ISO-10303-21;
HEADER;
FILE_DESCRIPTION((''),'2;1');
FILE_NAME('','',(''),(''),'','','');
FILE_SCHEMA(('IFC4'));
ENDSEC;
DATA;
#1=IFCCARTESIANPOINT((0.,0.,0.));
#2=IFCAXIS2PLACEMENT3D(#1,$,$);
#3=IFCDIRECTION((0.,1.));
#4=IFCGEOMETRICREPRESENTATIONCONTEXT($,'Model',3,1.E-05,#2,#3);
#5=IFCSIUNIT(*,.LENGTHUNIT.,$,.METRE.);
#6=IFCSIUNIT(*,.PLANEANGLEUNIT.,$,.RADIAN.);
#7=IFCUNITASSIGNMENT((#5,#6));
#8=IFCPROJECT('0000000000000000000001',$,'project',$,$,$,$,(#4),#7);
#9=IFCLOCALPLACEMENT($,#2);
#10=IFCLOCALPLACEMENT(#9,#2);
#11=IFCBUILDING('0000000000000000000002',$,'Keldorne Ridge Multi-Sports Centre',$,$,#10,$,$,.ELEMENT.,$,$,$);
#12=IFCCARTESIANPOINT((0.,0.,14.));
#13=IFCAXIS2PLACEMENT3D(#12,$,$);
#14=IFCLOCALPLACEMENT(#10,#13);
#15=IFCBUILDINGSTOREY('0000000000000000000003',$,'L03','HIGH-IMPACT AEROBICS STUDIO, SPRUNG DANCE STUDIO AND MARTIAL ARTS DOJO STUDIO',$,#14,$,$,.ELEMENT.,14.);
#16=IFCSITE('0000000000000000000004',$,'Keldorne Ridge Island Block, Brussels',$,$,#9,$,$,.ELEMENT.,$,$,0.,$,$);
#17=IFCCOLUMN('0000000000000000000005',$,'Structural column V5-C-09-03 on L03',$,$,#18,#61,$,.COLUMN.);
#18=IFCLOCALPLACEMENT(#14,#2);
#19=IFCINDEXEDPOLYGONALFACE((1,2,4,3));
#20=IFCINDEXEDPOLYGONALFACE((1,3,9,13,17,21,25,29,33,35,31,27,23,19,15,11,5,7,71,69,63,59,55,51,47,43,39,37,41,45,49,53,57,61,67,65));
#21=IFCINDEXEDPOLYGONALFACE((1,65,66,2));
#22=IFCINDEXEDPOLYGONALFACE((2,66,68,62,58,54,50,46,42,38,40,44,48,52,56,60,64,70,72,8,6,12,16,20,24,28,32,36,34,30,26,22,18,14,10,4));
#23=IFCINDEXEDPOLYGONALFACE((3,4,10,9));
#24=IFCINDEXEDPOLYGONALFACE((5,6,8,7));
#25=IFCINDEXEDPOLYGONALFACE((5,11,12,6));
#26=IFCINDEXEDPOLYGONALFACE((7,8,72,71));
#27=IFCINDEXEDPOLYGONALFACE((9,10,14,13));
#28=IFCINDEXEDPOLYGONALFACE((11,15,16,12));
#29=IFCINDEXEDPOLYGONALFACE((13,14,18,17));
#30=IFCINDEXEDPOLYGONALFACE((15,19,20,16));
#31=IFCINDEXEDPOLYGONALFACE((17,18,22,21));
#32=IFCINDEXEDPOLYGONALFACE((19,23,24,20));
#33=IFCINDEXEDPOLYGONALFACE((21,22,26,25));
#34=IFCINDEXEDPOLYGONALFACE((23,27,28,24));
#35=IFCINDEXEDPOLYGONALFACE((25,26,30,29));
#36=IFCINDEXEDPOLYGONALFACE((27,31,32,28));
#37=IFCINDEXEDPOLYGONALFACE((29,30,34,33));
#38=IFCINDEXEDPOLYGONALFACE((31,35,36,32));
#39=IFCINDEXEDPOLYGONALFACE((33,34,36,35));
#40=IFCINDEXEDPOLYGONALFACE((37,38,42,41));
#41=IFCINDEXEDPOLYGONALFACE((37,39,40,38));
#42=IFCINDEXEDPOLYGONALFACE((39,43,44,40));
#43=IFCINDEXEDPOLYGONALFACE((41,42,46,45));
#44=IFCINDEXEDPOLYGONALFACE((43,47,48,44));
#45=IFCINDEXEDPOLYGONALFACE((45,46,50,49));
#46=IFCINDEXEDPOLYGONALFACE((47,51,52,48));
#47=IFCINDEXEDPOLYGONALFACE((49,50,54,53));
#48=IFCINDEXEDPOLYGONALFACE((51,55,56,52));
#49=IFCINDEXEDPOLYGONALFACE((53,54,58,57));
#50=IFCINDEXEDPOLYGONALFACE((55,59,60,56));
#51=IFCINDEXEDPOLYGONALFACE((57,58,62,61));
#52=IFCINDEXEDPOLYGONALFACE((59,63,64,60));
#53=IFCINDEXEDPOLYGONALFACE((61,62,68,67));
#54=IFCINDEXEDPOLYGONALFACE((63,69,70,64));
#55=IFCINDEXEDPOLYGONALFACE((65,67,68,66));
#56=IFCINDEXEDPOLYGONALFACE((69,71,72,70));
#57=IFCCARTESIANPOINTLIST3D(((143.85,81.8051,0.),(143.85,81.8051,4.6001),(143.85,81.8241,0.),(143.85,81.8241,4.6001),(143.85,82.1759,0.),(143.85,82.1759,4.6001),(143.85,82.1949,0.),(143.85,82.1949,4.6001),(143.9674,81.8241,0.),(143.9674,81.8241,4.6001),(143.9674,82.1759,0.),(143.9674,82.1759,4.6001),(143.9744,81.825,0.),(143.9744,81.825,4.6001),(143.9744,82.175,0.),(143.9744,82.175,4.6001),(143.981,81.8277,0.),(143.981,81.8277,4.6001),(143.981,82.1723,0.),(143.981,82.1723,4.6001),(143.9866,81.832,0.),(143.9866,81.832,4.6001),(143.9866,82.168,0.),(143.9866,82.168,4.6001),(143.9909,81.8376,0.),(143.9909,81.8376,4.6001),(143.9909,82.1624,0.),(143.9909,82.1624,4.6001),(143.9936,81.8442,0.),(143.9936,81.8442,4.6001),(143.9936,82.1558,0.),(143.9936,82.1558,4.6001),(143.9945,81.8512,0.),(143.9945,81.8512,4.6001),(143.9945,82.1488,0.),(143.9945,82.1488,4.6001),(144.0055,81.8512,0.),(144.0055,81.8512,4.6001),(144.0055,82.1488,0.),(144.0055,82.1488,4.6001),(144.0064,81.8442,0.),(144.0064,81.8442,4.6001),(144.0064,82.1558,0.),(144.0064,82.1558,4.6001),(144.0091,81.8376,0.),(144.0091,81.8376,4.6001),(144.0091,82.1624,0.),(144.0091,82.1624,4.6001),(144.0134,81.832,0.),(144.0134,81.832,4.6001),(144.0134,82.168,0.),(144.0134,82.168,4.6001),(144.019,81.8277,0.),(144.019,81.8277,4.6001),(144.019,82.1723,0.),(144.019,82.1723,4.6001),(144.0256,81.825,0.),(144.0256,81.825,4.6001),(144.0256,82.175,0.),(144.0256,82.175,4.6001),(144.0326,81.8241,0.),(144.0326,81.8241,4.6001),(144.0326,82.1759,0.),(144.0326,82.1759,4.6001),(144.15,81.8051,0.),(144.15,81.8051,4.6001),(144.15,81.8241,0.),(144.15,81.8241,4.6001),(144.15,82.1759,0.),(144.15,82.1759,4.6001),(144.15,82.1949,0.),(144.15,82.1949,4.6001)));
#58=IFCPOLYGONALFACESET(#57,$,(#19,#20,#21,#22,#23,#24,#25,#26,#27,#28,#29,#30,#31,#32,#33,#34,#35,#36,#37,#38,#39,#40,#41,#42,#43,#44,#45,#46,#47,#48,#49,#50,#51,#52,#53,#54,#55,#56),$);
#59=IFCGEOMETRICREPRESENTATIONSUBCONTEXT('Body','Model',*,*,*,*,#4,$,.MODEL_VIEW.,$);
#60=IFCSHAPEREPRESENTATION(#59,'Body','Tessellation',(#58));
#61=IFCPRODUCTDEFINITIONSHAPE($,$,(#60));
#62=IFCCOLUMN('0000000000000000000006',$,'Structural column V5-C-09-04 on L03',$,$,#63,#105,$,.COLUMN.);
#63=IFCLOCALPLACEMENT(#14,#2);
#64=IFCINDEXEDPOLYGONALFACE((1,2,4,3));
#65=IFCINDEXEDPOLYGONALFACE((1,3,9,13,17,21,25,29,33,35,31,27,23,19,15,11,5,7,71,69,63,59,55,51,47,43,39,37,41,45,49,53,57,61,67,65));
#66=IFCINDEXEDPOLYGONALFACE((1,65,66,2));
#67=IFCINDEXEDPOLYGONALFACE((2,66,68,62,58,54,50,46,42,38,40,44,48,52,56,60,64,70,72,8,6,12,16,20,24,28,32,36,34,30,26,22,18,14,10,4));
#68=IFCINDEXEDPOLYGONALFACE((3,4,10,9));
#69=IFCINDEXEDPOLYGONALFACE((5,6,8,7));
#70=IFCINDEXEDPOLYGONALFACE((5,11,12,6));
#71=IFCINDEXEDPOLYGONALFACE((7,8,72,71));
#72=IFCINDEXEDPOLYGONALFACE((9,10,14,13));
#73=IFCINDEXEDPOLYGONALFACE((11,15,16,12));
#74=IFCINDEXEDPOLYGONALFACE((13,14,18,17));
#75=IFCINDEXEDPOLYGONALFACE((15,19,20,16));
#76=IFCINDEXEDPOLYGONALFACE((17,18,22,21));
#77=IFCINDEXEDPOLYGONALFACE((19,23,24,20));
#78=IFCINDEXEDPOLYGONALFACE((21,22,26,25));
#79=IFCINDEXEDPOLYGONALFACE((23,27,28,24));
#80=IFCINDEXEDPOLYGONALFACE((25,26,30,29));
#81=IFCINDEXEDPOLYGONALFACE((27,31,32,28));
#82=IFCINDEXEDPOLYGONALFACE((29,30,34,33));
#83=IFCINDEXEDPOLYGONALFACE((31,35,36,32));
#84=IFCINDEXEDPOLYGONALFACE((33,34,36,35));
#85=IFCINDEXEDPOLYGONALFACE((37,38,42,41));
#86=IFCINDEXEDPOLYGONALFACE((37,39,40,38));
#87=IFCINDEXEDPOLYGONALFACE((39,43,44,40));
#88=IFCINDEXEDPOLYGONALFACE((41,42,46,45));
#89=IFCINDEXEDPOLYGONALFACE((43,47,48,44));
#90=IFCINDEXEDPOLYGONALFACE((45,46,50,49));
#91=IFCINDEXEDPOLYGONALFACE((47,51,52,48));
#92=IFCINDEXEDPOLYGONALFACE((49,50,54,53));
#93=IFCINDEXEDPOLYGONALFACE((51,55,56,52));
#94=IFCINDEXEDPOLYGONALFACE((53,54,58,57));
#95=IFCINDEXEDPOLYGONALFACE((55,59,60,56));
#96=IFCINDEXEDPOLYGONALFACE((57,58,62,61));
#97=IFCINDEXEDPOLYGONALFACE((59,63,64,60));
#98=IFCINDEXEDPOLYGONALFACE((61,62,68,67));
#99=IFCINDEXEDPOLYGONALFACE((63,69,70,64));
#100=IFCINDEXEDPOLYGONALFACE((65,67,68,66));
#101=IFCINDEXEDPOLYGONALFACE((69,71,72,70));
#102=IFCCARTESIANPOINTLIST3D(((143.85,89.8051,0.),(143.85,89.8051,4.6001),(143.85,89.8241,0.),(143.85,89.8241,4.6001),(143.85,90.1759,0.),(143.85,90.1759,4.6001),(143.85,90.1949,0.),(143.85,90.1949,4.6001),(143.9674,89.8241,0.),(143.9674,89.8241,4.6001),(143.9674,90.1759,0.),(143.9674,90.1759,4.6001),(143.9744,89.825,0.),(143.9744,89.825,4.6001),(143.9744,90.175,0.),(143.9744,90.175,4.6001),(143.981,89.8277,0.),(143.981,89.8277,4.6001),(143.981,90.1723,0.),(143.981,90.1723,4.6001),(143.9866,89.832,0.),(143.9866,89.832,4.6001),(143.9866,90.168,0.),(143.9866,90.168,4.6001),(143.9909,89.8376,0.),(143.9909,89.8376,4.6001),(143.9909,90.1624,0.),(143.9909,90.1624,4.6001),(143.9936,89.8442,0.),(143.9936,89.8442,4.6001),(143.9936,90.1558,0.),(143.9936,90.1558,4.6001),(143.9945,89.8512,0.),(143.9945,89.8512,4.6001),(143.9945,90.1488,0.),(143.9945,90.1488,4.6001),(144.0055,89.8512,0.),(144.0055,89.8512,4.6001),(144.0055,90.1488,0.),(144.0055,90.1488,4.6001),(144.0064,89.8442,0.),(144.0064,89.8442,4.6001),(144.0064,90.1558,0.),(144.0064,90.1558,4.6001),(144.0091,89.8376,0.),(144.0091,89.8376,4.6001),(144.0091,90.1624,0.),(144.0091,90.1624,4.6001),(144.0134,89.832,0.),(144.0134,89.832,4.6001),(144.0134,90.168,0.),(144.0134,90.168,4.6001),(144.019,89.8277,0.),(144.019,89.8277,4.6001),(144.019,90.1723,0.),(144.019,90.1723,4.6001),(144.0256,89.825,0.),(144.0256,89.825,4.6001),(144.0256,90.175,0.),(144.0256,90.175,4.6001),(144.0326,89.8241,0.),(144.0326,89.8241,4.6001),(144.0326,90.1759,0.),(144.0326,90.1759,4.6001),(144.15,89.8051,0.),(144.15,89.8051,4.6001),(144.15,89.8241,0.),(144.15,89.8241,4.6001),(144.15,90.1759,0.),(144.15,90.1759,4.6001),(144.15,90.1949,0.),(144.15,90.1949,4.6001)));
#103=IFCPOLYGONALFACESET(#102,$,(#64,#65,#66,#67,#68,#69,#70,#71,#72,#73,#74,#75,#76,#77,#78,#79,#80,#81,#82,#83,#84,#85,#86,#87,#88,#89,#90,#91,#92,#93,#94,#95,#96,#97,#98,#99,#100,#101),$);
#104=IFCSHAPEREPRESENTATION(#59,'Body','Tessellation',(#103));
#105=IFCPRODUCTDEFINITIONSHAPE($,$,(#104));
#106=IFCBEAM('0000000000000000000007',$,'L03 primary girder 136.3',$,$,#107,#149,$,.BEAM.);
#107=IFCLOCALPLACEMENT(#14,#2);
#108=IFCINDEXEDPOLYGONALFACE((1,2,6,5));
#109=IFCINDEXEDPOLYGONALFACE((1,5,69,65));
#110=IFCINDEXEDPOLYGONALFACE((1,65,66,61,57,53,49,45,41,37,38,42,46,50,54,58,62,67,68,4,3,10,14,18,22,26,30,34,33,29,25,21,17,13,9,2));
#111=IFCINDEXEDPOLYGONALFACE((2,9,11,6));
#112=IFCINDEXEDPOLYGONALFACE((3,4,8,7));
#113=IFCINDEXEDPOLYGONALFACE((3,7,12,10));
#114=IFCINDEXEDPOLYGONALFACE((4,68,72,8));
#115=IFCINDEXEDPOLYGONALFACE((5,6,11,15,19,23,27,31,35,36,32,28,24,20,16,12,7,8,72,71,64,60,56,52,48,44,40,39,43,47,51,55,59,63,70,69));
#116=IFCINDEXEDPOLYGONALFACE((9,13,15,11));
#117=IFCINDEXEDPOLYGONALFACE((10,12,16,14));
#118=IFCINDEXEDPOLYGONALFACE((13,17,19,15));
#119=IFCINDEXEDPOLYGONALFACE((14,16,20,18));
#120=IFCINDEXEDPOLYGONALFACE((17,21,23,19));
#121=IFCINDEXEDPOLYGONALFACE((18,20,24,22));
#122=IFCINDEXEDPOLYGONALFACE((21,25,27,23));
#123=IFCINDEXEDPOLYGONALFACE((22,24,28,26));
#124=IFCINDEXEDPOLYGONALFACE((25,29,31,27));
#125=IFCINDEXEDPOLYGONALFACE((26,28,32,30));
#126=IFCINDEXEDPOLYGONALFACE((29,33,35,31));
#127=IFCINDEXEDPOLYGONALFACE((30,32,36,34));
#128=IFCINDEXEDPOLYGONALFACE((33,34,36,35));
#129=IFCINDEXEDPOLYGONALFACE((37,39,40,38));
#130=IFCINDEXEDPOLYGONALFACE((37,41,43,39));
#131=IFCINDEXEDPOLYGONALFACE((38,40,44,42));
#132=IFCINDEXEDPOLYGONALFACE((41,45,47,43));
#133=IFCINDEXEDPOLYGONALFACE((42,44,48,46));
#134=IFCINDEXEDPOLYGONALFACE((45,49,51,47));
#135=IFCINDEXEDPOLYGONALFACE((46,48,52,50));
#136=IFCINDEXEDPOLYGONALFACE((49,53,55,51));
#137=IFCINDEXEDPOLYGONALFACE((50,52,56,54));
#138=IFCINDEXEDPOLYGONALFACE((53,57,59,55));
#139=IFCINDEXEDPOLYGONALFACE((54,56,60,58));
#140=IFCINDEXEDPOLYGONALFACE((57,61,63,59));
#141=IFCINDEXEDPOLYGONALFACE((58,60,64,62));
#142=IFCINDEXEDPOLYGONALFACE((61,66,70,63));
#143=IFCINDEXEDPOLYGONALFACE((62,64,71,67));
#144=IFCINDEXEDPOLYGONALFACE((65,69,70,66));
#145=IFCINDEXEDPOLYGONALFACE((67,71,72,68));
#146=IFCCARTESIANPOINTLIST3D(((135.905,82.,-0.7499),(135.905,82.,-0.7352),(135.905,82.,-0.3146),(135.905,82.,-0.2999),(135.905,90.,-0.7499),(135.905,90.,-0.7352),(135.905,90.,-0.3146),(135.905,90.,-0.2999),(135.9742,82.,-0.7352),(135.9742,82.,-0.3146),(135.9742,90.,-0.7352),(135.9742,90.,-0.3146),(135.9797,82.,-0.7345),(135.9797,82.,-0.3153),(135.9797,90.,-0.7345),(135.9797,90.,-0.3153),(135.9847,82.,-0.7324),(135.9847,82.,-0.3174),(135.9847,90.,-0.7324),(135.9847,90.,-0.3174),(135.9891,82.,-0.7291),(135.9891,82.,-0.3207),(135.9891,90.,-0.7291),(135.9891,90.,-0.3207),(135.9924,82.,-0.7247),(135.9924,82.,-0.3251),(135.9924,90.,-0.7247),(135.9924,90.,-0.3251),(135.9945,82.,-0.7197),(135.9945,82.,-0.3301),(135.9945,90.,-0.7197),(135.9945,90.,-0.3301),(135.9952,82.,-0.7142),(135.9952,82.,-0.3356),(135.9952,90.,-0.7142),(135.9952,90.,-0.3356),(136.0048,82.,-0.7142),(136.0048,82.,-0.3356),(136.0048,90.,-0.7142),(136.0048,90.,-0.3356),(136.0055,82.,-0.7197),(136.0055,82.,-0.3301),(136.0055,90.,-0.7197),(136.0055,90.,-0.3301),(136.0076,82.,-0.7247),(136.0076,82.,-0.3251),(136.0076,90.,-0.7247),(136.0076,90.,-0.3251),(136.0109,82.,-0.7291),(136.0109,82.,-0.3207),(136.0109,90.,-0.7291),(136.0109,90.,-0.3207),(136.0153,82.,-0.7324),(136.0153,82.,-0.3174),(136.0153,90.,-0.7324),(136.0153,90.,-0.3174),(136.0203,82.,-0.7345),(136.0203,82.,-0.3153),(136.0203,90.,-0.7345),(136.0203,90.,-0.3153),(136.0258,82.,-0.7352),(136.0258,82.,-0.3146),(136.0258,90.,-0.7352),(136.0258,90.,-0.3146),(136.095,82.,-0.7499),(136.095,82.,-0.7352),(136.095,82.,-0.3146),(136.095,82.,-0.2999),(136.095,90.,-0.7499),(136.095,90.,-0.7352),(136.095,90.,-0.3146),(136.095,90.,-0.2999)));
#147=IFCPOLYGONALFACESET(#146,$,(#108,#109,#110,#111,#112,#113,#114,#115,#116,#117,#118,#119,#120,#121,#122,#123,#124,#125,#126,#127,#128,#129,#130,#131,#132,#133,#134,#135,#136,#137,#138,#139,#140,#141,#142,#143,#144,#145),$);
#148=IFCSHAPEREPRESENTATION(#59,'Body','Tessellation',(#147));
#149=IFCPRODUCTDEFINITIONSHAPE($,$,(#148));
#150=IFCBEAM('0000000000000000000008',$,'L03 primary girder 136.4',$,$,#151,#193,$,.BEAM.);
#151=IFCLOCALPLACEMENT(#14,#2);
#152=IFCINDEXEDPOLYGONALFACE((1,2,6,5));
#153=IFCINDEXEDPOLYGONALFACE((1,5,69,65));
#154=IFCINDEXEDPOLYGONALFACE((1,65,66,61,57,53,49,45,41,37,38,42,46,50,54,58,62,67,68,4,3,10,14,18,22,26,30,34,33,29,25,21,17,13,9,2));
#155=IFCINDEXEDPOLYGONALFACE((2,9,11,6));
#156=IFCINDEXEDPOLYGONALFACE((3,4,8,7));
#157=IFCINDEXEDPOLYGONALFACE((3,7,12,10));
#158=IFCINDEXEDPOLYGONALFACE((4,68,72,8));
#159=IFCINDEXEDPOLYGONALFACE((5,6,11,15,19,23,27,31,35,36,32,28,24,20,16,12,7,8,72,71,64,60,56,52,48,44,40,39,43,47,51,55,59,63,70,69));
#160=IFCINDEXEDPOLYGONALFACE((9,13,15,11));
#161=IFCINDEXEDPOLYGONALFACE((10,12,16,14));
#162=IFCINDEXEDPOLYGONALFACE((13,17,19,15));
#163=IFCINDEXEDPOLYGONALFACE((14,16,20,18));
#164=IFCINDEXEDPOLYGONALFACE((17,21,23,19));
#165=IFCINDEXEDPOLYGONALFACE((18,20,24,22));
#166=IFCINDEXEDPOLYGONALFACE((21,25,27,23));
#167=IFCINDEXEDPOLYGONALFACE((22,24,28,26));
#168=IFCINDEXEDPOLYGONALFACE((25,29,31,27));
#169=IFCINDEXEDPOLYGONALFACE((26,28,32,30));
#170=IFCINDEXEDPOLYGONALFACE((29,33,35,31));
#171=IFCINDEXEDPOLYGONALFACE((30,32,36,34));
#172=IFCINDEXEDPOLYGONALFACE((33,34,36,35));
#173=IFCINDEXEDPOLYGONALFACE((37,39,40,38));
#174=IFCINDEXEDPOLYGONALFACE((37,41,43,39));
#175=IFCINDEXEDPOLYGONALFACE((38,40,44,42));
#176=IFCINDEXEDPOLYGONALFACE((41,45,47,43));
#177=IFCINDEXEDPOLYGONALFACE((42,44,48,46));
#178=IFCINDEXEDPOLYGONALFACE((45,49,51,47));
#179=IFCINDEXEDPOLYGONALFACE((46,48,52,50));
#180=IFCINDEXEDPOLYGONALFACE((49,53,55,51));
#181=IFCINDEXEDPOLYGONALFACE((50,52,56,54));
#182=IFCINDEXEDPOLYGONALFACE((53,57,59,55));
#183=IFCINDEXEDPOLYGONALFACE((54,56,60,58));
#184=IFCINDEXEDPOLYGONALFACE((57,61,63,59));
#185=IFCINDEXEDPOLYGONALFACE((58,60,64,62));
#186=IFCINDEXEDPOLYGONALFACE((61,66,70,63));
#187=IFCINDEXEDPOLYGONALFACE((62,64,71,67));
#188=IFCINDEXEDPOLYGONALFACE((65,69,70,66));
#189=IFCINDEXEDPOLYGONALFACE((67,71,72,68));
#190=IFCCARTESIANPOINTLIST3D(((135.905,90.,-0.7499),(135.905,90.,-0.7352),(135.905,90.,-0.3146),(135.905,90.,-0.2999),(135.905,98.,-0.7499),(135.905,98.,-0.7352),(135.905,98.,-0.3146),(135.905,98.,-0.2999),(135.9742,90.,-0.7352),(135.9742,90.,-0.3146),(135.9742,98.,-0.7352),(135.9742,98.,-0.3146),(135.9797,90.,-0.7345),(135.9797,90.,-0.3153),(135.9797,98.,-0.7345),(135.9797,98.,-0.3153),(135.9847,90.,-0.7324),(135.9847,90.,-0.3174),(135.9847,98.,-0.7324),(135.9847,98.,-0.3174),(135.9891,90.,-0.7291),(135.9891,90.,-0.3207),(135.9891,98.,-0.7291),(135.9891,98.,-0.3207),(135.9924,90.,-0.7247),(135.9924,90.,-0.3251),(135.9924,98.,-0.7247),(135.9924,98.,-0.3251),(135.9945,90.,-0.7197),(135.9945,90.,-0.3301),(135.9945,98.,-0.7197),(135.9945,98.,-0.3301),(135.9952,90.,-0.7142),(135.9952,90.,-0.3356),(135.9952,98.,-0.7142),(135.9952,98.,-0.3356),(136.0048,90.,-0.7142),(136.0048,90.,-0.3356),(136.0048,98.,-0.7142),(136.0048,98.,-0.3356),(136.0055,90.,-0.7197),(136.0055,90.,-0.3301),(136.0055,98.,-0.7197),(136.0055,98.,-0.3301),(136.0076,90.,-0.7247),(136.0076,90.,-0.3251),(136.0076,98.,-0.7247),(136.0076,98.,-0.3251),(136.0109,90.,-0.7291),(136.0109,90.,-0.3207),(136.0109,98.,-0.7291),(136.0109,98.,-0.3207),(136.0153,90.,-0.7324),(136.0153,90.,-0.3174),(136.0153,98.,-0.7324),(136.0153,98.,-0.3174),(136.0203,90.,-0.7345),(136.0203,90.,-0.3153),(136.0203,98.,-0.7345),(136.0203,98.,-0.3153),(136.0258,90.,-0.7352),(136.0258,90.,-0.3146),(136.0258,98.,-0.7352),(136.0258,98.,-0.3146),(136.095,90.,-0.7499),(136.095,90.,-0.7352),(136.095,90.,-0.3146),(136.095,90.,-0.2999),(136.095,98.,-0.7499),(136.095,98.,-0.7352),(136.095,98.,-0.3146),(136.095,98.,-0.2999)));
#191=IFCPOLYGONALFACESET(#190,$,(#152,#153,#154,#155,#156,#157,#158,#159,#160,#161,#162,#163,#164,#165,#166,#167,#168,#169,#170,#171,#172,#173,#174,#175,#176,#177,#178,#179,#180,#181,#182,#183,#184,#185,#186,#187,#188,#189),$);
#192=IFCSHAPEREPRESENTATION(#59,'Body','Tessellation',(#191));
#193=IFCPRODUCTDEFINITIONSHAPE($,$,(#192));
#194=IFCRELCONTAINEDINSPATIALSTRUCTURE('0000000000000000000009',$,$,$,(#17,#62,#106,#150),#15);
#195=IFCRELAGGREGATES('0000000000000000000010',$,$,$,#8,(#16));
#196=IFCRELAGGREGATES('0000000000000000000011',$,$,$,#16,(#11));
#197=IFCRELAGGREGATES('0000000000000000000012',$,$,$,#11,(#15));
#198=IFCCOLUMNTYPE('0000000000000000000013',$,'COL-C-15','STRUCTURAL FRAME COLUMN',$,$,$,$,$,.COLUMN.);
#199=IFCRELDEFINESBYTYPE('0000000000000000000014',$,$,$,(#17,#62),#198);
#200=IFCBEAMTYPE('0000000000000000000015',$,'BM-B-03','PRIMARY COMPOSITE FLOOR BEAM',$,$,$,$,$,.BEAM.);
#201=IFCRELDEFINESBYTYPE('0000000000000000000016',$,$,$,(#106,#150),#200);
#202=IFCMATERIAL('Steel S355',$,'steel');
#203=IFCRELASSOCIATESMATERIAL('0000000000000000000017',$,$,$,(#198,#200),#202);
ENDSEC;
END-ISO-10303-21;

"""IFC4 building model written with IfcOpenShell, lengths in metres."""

from ifc_helpers import new_model, si_unit, direction, frame, origin, origin_2d, place, context, subcontext, project, spatial, i_section, extrude, material, material_profile, profile_set, type_object, element, save


model = new_model("IFC4")

# Units and contexts
model_context = context("Model", 3, precision=1e-05, world=origin(), true_north=direction((0.0, 1.0)))
body_context = subcontext(model_context, "Body", "Model", "MODEL_VIEW")
ifc_project = project(units=[si_unit("LENGTHUNIT", "METRE"), si_unit("PLANEANGLEUNIT", "RADIAN")], contexts=[model_context])

# Site, building, storey
site_placement = place(None, origin())
site = spatial("IfcSite", under=ifc_project, at=site_placement, Name="Keldorne Ridge Island Block, Brussels", CompositionType="ELEMENT", RefElevation=0.0)
building_placement = place(site_placement, origin())
building = spatial("IfcBuilding", under=site, at=building_placement, Name="Keldorne Ridge Multi-Sports Centre", CompositionType="ELEMENT")
storey_placement = place(building_placement, frame((0.0, 0.0, 14.0)))
storey = spatial("IfcBuildingStorey", under=building, at=storey_placement, Name="L03", Description="HIGH-IMPACT AEROBICS STUDIO, SPRUNG DANCE STUDIO AND MARTIAL ARTS DOJO STUDIO", CompositionType="ELEMENT", Elevation=14.0)

# Columns
ifc_material_1 = material(Name="Steel S355", Category="steel")
ifc_material_profile_1 = material_profile(ifc_material_1, i_section(OverallWidth=0.3, OverallDepth=0.3899, WebThickness=0.011, FlangeThickness=0.019, FilletRadius=0.0271, at=origin_2d()), Name="HEA 400")
ifc_profile_set_1 = profile_set([ifc_material_profile_1], Name="Steel S355")
column_type = type_object("IfcColumnType", Name="COL-C-15", Description="STRUCTURAL FRAME COLUMN", PredefinedType="COLUMN", material=ifc_profile_set_1)
for number, where, z_axis, x_axis, name in (
    (1, (144.0, 82.0, 0.0), (0.0, 0.0, 1.0), (1.0, 0.0, 0.0), "Structural column V5-C-09-03 on L03"),
    (2, (144.0, 90.0, 0.0), (0.0, 0.0, 1.0), (1.0, 0.0, 0.0), "Structural column V5-C-09-04 on L03"),
):
    element("IfcColumn", number, at=place(storey_placement, frame(where, z_axis=z_axis, x_axis=x_axis)), inside=storey, type_object=column_type, Name=name, PredefinedType="COLUMN", context=body_context, shape_type="SweptSolid", body=[
        extrude(i_section(OverallWidth=0.3, OverallDepth=0.3899, WebThickness=0.011, FlangeThickness=0.019, FilletRadius=0.0271, at=origin_2d()), origin(), (0.0, 0.0, 1.0), 4.6001),
    ])

# Beams
ifc_material_profile_2 = material_profile(ifc_material_1, i_section(OverallWidth=0.1899, OverallDepth=0.45, WebThickness=0.0095, FlangeThickness=0.0146, FilletRadius=0.021, at=origin_2d()), Name="IPE 450")
ifc_profile_set_2 = profile_set([ifc_material_profile_2], Name="Steel S355")
beam_type_1 = type_object("IfcBeamType", Name="BM-B-03", Description="PRIMARY COMPOSITE FLOOR BEAM", PredefinedType="BEAM", material=ifc_profile_set_2)
for number, where, z_axis, x_axis, name in (
    (3, (136.0, 82.0, -0.5249), (0.0, 1.0, 0.0), (-1.0, 0.0, 0.0), "L03 primary girder 136.3"),
    (4, (136.0, 90.0, -0.5249), (0.0, 1.0, 0.0), (-1.0, 0.0, 0.0), "L03 primary girder 136.4"),
):
    element("IfcBeam", number, at=place(storey_placement, frame(where, z_axis=z_axis, x_axis=x_axis)), inside=storey, type_object=beam_type_1, Name=name, PredefinedType="BEAM", context=body_context, shape_type="SweptSolid", body=[
        extrude(i_section(OverallWidth=0.1899, OverallDepth=0.45, WebThickness=0.0095, FlangeThickness=0.0146, FilletRadius=0.021, at=origin_2d()), origin(), (0.0, 0.0, 1.0), 8.0),
    ])

save(model, "model.ifc")
